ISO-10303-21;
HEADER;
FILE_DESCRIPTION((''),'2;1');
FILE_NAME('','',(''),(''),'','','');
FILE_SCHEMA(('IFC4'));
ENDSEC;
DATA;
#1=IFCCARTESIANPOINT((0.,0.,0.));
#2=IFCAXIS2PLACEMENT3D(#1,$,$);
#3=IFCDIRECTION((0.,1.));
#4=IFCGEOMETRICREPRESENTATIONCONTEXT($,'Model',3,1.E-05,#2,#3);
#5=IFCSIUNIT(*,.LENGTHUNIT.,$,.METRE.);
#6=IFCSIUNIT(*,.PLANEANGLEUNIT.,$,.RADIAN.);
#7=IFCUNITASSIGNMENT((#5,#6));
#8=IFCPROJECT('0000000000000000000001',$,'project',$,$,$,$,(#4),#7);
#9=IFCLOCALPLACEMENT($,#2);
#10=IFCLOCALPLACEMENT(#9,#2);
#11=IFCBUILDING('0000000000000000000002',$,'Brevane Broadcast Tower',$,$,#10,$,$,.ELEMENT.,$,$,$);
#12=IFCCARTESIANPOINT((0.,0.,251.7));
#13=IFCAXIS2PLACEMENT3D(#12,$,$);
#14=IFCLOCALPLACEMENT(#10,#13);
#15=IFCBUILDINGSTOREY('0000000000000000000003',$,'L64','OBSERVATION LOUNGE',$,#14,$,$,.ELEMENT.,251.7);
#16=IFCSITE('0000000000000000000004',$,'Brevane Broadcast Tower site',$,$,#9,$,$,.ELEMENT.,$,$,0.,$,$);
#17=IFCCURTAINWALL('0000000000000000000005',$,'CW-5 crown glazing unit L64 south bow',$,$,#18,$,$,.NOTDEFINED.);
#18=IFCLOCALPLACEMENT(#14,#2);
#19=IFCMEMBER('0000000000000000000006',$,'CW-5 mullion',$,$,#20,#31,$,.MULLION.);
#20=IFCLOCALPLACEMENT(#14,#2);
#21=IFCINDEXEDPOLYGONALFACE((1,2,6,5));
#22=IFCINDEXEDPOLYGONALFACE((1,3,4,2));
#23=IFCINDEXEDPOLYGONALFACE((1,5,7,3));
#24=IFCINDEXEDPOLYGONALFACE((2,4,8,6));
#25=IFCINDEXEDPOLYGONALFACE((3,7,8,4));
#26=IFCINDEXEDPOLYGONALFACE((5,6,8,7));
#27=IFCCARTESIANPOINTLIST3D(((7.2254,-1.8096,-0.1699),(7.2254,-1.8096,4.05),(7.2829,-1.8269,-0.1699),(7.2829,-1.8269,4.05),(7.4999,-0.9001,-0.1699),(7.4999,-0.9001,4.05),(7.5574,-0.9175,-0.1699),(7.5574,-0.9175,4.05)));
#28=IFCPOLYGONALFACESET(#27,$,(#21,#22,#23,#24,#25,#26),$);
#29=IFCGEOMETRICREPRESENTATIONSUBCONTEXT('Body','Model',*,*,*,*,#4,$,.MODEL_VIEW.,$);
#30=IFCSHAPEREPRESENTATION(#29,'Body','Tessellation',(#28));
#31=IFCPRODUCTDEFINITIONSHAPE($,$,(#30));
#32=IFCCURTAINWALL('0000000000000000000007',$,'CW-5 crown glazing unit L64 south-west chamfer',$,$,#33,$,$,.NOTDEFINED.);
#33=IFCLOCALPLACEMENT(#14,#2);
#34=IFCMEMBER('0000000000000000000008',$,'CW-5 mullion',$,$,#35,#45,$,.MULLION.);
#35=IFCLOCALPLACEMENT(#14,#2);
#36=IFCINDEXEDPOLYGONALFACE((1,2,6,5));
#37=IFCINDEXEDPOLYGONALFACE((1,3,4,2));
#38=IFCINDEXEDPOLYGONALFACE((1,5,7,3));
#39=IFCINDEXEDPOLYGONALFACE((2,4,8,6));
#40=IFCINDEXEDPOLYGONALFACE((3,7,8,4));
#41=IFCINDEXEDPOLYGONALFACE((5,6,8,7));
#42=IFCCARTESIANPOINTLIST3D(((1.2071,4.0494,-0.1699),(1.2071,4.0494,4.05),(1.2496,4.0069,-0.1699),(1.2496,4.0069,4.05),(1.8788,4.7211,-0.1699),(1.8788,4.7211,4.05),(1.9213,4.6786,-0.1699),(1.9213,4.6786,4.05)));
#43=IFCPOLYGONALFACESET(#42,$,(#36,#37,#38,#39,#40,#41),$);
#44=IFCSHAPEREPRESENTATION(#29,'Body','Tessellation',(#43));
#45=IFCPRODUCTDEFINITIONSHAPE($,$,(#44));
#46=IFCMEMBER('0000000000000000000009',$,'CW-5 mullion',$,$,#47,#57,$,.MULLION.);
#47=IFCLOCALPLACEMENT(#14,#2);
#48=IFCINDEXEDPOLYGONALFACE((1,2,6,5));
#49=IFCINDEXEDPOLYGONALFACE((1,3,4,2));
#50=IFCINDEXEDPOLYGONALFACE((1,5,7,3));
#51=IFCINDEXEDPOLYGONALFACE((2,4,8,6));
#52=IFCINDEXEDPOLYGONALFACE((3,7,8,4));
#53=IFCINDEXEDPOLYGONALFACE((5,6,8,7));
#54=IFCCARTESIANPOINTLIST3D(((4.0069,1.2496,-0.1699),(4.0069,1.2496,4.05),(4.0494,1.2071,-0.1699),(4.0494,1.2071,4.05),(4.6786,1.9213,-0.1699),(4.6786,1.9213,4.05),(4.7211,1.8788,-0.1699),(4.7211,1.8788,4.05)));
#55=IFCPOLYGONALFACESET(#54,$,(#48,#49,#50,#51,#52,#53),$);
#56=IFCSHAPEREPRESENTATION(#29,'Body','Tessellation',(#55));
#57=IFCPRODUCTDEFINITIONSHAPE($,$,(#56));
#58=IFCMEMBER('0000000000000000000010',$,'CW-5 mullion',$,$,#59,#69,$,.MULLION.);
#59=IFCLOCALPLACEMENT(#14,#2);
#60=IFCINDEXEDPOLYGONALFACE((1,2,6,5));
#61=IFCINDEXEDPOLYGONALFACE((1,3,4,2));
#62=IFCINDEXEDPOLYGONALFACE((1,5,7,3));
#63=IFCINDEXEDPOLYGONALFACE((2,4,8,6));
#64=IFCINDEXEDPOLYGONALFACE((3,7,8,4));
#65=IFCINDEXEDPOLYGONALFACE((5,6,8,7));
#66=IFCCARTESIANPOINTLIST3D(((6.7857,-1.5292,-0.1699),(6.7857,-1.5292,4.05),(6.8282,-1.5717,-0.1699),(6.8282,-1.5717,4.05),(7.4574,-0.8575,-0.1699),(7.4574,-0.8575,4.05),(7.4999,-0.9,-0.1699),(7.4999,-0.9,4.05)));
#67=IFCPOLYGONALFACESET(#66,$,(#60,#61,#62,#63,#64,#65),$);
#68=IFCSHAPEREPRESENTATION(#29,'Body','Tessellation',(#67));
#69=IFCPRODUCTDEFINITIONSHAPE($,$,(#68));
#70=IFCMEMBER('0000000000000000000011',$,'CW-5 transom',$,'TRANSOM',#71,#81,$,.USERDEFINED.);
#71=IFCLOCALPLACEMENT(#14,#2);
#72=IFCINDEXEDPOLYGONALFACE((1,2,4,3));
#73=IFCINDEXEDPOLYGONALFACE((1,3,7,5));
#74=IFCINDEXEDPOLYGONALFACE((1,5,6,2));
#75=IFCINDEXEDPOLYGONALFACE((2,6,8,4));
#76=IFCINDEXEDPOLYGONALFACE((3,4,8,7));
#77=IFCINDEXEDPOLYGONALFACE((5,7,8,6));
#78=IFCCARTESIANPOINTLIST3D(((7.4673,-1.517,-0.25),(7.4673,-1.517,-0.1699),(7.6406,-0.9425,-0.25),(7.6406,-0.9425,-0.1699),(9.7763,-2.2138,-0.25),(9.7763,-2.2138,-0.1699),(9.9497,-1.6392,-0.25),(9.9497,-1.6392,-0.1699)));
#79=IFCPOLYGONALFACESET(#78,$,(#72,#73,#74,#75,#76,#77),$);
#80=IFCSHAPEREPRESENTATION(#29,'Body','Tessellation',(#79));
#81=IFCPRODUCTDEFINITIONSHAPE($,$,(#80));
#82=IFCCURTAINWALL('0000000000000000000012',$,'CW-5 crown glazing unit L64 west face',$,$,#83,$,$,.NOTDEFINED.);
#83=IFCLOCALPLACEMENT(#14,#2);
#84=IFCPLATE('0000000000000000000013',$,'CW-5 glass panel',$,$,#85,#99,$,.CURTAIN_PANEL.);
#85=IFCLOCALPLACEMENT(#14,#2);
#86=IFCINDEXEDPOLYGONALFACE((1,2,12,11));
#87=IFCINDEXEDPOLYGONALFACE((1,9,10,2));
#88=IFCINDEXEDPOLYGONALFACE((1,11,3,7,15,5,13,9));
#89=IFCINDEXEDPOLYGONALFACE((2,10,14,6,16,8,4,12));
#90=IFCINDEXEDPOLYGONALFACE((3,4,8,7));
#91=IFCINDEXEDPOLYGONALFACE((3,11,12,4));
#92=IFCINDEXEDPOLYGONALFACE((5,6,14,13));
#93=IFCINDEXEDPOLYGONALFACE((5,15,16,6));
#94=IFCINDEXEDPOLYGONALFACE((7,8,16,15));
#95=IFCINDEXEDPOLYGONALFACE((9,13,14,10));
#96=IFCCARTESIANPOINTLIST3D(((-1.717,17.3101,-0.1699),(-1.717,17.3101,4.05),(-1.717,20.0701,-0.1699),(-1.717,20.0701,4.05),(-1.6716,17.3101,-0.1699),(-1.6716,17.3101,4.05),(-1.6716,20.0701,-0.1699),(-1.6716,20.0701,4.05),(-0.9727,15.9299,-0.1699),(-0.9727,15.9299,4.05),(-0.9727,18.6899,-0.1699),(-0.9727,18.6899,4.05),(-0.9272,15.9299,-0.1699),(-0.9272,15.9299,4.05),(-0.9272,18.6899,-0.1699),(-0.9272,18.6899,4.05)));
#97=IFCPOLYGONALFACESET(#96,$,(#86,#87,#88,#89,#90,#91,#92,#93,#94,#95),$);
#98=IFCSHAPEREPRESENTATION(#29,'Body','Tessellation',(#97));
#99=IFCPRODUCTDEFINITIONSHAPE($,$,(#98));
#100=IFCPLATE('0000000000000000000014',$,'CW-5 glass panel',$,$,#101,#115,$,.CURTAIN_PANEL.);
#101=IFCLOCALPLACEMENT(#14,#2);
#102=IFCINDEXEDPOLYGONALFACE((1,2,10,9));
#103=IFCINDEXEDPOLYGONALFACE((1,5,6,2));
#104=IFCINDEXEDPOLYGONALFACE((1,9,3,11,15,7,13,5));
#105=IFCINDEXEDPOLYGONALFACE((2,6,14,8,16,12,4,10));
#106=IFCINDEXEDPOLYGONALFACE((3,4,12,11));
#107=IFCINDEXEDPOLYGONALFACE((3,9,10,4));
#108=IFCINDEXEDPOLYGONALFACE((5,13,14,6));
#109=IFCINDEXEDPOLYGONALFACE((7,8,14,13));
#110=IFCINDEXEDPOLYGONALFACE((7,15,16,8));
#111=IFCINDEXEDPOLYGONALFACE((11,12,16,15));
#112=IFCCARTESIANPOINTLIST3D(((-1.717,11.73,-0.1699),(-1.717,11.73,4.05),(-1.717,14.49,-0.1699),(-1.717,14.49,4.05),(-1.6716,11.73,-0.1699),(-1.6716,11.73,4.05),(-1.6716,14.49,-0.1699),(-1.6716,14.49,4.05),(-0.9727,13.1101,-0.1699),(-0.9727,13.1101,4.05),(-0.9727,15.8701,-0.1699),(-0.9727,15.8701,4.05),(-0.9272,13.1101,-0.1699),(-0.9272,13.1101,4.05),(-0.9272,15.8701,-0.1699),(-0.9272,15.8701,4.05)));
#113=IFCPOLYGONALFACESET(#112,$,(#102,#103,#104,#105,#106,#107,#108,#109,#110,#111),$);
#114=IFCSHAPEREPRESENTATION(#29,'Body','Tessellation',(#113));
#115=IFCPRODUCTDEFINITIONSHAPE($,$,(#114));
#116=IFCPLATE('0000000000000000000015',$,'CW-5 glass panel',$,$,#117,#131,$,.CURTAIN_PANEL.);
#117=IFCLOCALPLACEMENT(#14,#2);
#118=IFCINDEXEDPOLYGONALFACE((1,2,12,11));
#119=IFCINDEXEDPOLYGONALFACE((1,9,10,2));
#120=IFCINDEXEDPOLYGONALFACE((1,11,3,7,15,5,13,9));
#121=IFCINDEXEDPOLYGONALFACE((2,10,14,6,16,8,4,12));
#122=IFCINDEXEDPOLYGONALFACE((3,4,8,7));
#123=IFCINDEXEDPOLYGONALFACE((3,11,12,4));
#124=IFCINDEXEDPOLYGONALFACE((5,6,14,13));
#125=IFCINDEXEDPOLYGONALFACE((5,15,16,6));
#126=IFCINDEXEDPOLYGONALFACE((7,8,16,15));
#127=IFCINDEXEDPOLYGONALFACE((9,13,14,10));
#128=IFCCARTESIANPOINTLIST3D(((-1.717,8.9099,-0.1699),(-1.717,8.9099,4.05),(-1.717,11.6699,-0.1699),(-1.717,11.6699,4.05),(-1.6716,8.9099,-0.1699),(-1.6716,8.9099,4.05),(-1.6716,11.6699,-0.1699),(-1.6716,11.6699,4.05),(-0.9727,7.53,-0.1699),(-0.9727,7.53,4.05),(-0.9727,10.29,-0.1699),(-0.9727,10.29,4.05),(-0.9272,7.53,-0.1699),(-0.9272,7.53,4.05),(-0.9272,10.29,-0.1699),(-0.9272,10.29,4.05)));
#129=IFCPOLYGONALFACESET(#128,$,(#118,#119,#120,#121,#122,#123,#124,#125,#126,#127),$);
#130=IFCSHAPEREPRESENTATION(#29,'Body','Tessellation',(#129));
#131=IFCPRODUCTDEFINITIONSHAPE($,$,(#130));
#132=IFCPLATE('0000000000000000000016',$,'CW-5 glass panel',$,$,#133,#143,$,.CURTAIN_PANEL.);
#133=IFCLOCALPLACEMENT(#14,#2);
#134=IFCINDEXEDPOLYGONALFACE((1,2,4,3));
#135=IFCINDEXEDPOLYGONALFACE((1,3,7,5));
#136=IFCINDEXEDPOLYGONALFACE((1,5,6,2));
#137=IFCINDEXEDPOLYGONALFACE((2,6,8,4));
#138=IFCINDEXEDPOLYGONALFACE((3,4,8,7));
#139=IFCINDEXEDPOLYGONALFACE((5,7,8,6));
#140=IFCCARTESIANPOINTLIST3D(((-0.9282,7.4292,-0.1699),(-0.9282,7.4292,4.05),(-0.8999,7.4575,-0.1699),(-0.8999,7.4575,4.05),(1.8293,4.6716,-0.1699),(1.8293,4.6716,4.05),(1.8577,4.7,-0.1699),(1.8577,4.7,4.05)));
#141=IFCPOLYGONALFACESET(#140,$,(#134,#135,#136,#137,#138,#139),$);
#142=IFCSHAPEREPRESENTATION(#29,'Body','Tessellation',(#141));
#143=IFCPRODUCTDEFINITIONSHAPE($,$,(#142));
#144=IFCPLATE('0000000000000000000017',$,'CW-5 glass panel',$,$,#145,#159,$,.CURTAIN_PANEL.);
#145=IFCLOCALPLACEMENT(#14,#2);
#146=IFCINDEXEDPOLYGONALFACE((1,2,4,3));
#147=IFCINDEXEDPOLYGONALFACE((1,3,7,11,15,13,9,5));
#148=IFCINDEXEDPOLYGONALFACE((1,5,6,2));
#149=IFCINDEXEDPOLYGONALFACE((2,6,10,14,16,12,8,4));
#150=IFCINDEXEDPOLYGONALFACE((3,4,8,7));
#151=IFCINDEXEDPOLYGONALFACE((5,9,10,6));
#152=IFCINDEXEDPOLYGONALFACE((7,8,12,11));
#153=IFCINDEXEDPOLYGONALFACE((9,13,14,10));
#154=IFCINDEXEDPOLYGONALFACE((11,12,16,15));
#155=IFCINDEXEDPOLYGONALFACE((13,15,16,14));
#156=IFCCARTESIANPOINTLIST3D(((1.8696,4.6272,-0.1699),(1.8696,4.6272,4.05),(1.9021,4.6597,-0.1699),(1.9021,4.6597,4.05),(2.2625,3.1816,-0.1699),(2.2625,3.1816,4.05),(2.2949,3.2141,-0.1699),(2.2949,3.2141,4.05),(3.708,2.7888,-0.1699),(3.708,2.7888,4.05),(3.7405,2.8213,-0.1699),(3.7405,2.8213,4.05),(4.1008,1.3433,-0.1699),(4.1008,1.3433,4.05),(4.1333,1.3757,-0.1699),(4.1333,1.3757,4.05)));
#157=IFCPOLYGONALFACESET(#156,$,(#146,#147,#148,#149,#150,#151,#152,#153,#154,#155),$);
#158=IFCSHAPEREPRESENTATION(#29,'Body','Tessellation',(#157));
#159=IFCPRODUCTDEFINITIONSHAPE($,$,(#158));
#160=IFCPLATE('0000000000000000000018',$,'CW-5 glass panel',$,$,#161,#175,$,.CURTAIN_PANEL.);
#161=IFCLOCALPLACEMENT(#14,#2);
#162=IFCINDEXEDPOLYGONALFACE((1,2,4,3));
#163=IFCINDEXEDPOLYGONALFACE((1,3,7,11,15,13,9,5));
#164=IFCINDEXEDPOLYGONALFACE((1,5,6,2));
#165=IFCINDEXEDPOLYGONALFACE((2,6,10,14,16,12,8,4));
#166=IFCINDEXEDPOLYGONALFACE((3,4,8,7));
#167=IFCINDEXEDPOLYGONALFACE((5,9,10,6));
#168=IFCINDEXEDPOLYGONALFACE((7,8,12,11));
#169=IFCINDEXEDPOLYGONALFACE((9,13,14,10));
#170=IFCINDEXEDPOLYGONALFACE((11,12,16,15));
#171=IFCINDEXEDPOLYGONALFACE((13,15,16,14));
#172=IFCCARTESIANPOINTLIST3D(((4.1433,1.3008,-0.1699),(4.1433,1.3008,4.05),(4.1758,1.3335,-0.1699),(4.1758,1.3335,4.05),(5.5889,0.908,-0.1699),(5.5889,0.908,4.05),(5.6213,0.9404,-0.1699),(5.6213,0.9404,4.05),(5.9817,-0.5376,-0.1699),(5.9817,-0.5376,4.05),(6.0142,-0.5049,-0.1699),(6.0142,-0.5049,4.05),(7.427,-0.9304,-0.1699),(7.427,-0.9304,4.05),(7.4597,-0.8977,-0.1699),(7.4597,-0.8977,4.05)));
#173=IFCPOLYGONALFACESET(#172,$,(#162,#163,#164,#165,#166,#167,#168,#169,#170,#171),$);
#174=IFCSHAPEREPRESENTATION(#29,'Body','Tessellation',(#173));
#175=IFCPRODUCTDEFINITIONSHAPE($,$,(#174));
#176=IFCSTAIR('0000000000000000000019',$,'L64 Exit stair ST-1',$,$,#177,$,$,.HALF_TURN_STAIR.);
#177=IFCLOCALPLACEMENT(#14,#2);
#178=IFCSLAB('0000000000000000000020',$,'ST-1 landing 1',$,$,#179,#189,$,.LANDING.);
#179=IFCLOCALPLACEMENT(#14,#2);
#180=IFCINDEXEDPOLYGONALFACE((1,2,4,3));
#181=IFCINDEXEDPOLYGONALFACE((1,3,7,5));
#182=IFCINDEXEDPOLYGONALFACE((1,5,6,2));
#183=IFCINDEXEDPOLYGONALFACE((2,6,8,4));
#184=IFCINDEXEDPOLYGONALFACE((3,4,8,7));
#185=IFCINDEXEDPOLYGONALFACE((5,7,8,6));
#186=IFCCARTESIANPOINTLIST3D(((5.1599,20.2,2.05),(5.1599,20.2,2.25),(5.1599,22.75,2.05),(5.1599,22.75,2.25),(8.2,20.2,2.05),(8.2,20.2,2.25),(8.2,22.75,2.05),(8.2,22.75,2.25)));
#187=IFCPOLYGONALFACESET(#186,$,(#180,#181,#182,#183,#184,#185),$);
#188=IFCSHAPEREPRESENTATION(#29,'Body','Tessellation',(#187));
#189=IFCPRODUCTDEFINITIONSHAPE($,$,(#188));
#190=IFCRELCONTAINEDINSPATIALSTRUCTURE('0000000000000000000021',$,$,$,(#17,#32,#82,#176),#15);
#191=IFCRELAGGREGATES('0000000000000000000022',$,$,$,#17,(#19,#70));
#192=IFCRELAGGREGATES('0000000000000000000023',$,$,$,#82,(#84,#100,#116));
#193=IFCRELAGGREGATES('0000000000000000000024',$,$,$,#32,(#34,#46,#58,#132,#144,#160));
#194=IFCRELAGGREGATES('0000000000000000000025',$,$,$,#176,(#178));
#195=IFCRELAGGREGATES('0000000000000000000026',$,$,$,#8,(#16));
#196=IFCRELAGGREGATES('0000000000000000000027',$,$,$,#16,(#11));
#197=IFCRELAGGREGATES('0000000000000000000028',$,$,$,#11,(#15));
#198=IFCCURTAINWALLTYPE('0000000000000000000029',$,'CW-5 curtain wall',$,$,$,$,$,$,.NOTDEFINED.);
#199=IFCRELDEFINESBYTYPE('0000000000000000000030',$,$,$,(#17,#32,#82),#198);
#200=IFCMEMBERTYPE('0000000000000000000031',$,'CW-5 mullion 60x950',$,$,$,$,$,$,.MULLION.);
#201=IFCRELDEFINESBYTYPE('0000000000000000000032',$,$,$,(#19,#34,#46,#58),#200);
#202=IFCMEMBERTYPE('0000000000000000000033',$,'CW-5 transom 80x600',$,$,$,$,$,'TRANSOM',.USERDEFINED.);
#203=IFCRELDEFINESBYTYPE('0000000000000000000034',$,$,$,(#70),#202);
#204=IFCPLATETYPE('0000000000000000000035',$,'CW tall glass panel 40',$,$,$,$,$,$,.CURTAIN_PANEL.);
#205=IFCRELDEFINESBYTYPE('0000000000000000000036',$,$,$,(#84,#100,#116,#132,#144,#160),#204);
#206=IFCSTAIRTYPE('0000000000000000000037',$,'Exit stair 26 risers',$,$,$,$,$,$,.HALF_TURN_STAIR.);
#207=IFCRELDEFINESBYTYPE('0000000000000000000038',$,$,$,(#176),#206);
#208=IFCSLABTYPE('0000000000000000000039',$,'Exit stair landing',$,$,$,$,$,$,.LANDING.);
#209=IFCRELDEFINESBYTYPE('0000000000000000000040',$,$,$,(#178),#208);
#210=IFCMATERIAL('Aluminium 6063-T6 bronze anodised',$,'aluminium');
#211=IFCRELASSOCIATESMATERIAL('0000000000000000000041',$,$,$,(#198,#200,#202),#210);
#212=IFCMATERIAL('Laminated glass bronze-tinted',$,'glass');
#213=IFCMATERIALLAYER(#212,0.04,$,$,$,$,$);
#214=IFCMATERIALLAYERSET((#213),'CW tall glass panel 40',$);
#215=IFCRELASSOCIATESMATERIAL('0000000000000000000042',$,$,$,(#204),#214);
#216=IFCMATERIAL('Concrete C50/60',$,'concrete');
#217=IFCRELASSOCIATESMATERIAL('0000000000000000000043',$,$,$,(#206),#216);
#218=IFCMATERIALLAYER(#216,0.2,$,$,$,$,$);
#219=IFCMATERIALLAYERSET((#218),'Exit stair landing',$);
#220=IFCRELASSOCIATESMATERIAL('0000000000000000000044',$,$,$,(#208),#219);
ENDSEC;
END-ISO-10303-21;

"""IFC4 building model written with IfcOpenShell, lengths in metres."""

from ifc_helpers import new_model, si_unit, direction, frame, origin, origin_2d, place, context, subcontext, project, spatial, polyline, rectangle, outline, extrude, material, layer, layer_set, material_profile, profile_set, type_object, element, aggregate, save


model = new_model("IFC4")

# Units and contexts
model_context = context("Model", 3, precision=1e-05, world=origin(), true_north=direction((0.0, 1.0)))
body_context = subcontext(model_context, "Body", "Model", "MODEL_VIEW")
ifc_project = project(units=[si_unit("LENGTHUNIT", "METRE"), si_unit("PLANEANGLEUNIT", "RADIAN")], contexts=[model_context])

# Site, building, storey
site_placement = place(None, origin())
site = spatial("IfcSite", under=ifc_project, at=site_placement, Name="Brevane Broadcast Tower site", CompositionType="ELEMENT", RefElevation=0.0)
building_placement = place(site_placement, origin())
building = spatial("IfcBuilding", under=site, at=building_placement, Name="Brevane Broadcast Tower", CompositionType="ELEMENT")
storey_placement = place(building_placement, frame((0.0, 0.0, 251.7)))
storey = spatial("IfcBuildingStorey", under=building, at=storey_placement, Name="L64", Description="OBSERVATION LOUNGE", CompositionType="ELEMENT", Elevation=251.7)

# Curtain wall, member
ifc_material_1 = material(Name="Aluminium 6063-T6 bronze anodised", Category="aluminium")
curtain_wall_type = type_object("IfcCurtainWallType", Name="CW-5 curtain wall", PredefinedType="NOTDEFINED", material=ifc_material_1)
curtain_wall_1_placement = place(storey_placement, origin())
curtain_wall_1 = element("IfcCurtainWall", 1, at=curtain_wall_1_placement, inside=storey, type_object=curtain_wall_type, Name="CW-5 crown glazing unit L64 south bow", PredefinedType="NOTDEFINED")
ifc_material_profile_1 = material_profile(ifc_material_1, rectangle(XDim=0.95, YDim=0.0601, at=origin_2d()), Name="RECT 60x950")
ifc_profile_set_1 = profile_set([ifc_material_profile_1], Name="Aluminium 6063-T6 bronze anodised")
member_type_1 = type_object("IfcMemberType", Name="CW-5 mullion 60x950", PredefinedType="MULLION", material=ifc_profile_set_1)
member_1_placement = place(storey_placement, frame((7.3914, -1.3635, -0.1699), z_axis=(0.0, 0.0, 1.0), x_axis=(0.288968, 0.957339, 0.0)))
member_1 = element("IfcMember", 2, at=member_1_placement, type_object=member_type_1, Name="CW-5 mullion", PredefinedType="MULLION", context=body_context, shape_type="SweptSolid", body=[
    extrude(rectangle(XDim=0.95, YDim=0.0601, at=origin_2d()), origin(), (0.0, 0.0, 1.0), 4.22),
])

# Curtain wall, members
curtain_wall_2_placement = place(storey_placement, origin())
curtain_wall_2 = element("IfcCurtainWall", 3, at=curtain_wall_2_placement, inside=storey, type_object=curtain_wall_type, Name="CW-5 crown glazing unit L64 south-west chamfer", PredefinedType="NOTDEFINED")
member_2_placement = place(storey_placement, frame((1.5642, 4.364, -0.1699), z_axis=(0.0, 0.0, 1.0), x_axis=(0.707107, 0.707107, 0.0)))
member_2 = element("IfcMember", 4, at=member_2_placement, type_object=member_type_1, Name="CW-5 mullion", PredefinedType="MULLION", context=body_context, shape_type="SweptSolid", body=[
    extrude(rectangle(XDim=0.95, YDim=0.0601, at=origin_2d()), origin(), (0.0, 0.0, 1.0), 4.22),
])
member_3_placement = place(storey_placement, frame((4.364, 1.5642, -0.1699), z_axis=(0.0, 0.0, 1.0), x_axis=(0.707107, 0.707107, 0.0)))
member_3 = element("IfcMember", 5, at=member_3_placement, type_object=member_type_1, Name="CW-5 mullion", PredefinedType="MULLION", context=body_context, shape_type="SweptSolid", body=[
    extrude(rectangle(XDim=0.95, YDim=0.0601, at=origin_2d()), origin(), (0.0, 0.0, 1.0), 4.22),
])
member_4_placement = place(storey_placement, frame((7.1428, -1.2146, -0.1699), z_axis=(0.0, 0.0, 1.0), x_axis=(0.707107, 0.707107, 0.0)))
member_4 = element("IfcMember", 6, at=member_4_placement, type_object=member_type_1, Name="CW-5 mullion", PredefinedType="MULLION", context=body_context, shape_type="SweptSolid", body=[
    extrude(rectangle(XDim=0.95, YDim=0.0601, at=origin_2d()), origin(), (0.0, 0.0, 1.0), 4.22),
])

# Member
ifc_material_profile_2 = material_profile(ifc_material_1, rectangle(XDim=0.6001, YDim=0.0801, at=origin_2d()), Name="RECT 80x600")
ifc_profile_set_2 = profile_set([ifc_material_profile_2], Name="Aluminium 6063-T6 bronze anodised")
member_type_2 = type_object("IfcMemberType", Name="CW-5 transom 80x600", ElementType="TRANSOM", PredefinedType="USERDEFINED", material=ifc_profile_set_2)
member_5_placement = place(storey_placement, frame((7.554, -1.2297, -0.21), z_axis=(0.957363, -0.288889, 0.0), x_axis=(0.288889, 0.957363, 0.0)))
member_5 = element("IfcMember", 7, at=member_5_placement, type_object=member_type_2, Name="CW-5 transom", ObjectType="TRANSOM", PredefinedType="USERDEFINED", context=body_context, shape_type="SweptSolid", body=[
    extrude(rectangle(XDim=0.6001, YDim=0.0801, at=origin_2d()), origin(), (0.0, 0.0, 1.0), 2.4119),
])
aggregate(curtain_wall_1, [member_1, member_5])

# Curtain wall, plates
curtain_wall_3_placement = place(storey_placement, origin())
curtain_wall_3 = element("IfcCurtainWall", 8, at=curtain_wall_3_placement, inside=storey, type_object=curtain_wall_type, Name="CW-5 crown glazing unit L64 west face", PredefinedType="NOTDEFINED")
ifc_material_2 = material(Name="Laminated glass bronze-tinted", Category="glass")
ifc_layer_1 = layer(ifc_material_2, 0.04)
ifc_layer_set_1 = layer_set([ifc_layer_1], Name="CW tall glass panel 40")
plate_type = type_object("IfcPlateType", Name="CW tall glass panel 40", PredefinedType="CURTAIN_PANEL", material=ifc_layer_set_1)
plate_1_placement = place(storey_placement, frame((0.0, 0.0, -0.1699)))
plate_1 = element("IfcPlate", 9, at=plate_1_placement, type_object=plate_type, Name="CW-5 glass panel", PredefinedType="CURTAIN_PANEL", context=body_context, shape_type="SweptSolid", body=[
    extrude(outline(polyline([(-1.6716, 20.0701), (-1.717, 20.0701), (-0.9727, 18.6899), (-1.717, 17.3101), (-0.9727, 15.9299), (-0.9272, 15.9299), (-1.6716, 17.3101), (-0.9272, 18.6899), (-1.6716, 20.0701)])), origin(), (0.0, 0.0, 1.0), 4.22),
])
plate_2_placement = place(storey_placement, frame((0.0, 0.0, -0.1699)))
plate_2 = element("IfcPlate", 10, at=plate_2_placement, type_object=plate_type, Name="CW-5 glass panel", PredefinedType="CURTAIN_PANEL", context=body_context, shape_type="SweptSolid", body=[
    extrude(outline(polyline([(-0.9272, 15.8701), (-0.9727, 15.8701), (-1.717, 14.49), (-0.9727, 13.1101), (-1.717, 11.73), (-1.6716, 11.73), (-0.9272, 13.1101), (-1.6716, 14.49), (-0.9272, 15.8701)])), origin(), (0.0, 0.0, 1.0), 4.22),
])
plate_3_placement = place(storey_placement, frame((0.0, 0.0, -0.1699)))
plate_3 = element("IfcPlate", 11, at=plate_3_placement, type_object=plate_type, Name="CW-5 glass panel", PredefinedType="CURTAIN_PANEL", context=body_context, shape_type="SweptSolid", body=[
    extrude(outline(polyline([(-1.6716, 11.6699), (-1.717, 11.6699), (-0.9727, 10.29), (-1.717, 8.9099), (-0.9727, 7.53), (-0.9272, 7.53), (-1.6716, 8.9099), (-0.9272, 10.29), (-1.6716, 11.6699)])), origin(), (0.0, 0.0, 1.0), 4.22),
])
aggregate(curtain_wall_3, [plate_1, plate_2, plate_3])

# Plates
plate_4_placement = place(storey_placement, frame((0.0, 0.0, -0.1699)))
plate_4 = element("IfcPlate", 12, at=plate_4_placement, type_object=plate_type, Name="CW-5 glass panel", PredefinedType="CURTAIN_PANEL", context=body_context, shape_type="SweptSolid", body=[
    extrude(outline(polyline([(-0.8999, 7.4575), (1.8577, 4.7), (1.8293, 4.6716), (-0.9282, 7.4292), (-0.8999, 7.4575)])), origin(), (0.0, 0.0, 1.0), 4.22),
])
plate_5_placement = place(storey_placement, frame((0.0, 0.0, -0.1699)))
plate_5 = element("IfcPlate", 13, at=plate_5_placement, type_object=plate_type, Name="CW-5 glass panel", PredefinedType="CURTAIN_PANEL", context=body_context, shape_type="SweptSolid", body=[
    extrude(outline(polyline([(1.9021, 4.6597), (1.8696, 4.6272), (2.2625, 3.1816), (3.708, 2.7888), (4.1008, 1.3433), (4.1333, 1.3757), (3.7405, 2.8213), (2.2949, 3.2141), (1.9021, 4.6597)])), origin(), (0.0, 0.0, 1.0), 4.22),
])
plate_6_placement = place(storey_placement, frame((0.0, 0.0, -0.1699)))
plate_6 = element("IfcPlate", 14, at=plate_6_placement, type_object=plate_type, Name="CW-5 glass panel", PredefinedType="CURTAIN_PANEL", context=body_context, shape_type="SweptSolid", body=[
    extrude(outline(polyline([(4.1758, 1.3335), (4.1433, 1.3008), (5.5889, 0.908), (5.9817, -0.5376), (7.427, -0.9304), (7.4597, -0.8977), (6.0142, -0.5049), (5.6213, 0.9404), (4.1758, 1.3335)])), origin(), (0.0, 0.0, 1.0), 4.22),
])
aggregate(curtain_wall_2, [member_2, member_3, member_4, plate_4, plate_5, plate_6])

# Stair, slab
ifc_material_3 = material(Name="Concrete C50/60", Category="concrete")
stair_type = type_object("IfcStairType", Name="Exit stair 26 risers", PredefinedType="HALF_TURN_STAIR", material=ifc_material_3)
stair_1_placement = place(storey_placement, origin())
stair_1 = element("IfcStair", 15, at=stair_1_placement, inside=storey, type_object=stair_type, Name="L64 Exit stair ST-1", PredefinedType="HALF_TURN_STAIR")
ifc_layer_2 = layer(ifc_material_3, 0.2)
ifc_layer_set_2 = layer_set([ifc_layer_2], Name="Exit stair landing")
slab_type_1 = type_object("IfcSlabType", Name="Exit stair landing", PredefinedType="LANDING", material=ifc_layer_set_2)
slab_1_placement = place(storey_placement, frame((0.0, 0.0, 2.05)))
slab_1 = element("IfcSlab", 16, at=slab_1_placement, type_object=slab_type_1, Name="ST-1 landing 1", PredefinedType="LANDING", context=body_context, shape_type="SweptSolid", body=[
    extrude(outline(polyline([(5.1599, 20.2), (8.2, 20.2), (8.2, 22.75), (5.1599, 22.75), (5.1599, 20.2)])), origin(), (0.0, 0.0, 1.0), 0.2),
])
aggregate(stair_1, [slab_1])

save(model, "model.ifc")
